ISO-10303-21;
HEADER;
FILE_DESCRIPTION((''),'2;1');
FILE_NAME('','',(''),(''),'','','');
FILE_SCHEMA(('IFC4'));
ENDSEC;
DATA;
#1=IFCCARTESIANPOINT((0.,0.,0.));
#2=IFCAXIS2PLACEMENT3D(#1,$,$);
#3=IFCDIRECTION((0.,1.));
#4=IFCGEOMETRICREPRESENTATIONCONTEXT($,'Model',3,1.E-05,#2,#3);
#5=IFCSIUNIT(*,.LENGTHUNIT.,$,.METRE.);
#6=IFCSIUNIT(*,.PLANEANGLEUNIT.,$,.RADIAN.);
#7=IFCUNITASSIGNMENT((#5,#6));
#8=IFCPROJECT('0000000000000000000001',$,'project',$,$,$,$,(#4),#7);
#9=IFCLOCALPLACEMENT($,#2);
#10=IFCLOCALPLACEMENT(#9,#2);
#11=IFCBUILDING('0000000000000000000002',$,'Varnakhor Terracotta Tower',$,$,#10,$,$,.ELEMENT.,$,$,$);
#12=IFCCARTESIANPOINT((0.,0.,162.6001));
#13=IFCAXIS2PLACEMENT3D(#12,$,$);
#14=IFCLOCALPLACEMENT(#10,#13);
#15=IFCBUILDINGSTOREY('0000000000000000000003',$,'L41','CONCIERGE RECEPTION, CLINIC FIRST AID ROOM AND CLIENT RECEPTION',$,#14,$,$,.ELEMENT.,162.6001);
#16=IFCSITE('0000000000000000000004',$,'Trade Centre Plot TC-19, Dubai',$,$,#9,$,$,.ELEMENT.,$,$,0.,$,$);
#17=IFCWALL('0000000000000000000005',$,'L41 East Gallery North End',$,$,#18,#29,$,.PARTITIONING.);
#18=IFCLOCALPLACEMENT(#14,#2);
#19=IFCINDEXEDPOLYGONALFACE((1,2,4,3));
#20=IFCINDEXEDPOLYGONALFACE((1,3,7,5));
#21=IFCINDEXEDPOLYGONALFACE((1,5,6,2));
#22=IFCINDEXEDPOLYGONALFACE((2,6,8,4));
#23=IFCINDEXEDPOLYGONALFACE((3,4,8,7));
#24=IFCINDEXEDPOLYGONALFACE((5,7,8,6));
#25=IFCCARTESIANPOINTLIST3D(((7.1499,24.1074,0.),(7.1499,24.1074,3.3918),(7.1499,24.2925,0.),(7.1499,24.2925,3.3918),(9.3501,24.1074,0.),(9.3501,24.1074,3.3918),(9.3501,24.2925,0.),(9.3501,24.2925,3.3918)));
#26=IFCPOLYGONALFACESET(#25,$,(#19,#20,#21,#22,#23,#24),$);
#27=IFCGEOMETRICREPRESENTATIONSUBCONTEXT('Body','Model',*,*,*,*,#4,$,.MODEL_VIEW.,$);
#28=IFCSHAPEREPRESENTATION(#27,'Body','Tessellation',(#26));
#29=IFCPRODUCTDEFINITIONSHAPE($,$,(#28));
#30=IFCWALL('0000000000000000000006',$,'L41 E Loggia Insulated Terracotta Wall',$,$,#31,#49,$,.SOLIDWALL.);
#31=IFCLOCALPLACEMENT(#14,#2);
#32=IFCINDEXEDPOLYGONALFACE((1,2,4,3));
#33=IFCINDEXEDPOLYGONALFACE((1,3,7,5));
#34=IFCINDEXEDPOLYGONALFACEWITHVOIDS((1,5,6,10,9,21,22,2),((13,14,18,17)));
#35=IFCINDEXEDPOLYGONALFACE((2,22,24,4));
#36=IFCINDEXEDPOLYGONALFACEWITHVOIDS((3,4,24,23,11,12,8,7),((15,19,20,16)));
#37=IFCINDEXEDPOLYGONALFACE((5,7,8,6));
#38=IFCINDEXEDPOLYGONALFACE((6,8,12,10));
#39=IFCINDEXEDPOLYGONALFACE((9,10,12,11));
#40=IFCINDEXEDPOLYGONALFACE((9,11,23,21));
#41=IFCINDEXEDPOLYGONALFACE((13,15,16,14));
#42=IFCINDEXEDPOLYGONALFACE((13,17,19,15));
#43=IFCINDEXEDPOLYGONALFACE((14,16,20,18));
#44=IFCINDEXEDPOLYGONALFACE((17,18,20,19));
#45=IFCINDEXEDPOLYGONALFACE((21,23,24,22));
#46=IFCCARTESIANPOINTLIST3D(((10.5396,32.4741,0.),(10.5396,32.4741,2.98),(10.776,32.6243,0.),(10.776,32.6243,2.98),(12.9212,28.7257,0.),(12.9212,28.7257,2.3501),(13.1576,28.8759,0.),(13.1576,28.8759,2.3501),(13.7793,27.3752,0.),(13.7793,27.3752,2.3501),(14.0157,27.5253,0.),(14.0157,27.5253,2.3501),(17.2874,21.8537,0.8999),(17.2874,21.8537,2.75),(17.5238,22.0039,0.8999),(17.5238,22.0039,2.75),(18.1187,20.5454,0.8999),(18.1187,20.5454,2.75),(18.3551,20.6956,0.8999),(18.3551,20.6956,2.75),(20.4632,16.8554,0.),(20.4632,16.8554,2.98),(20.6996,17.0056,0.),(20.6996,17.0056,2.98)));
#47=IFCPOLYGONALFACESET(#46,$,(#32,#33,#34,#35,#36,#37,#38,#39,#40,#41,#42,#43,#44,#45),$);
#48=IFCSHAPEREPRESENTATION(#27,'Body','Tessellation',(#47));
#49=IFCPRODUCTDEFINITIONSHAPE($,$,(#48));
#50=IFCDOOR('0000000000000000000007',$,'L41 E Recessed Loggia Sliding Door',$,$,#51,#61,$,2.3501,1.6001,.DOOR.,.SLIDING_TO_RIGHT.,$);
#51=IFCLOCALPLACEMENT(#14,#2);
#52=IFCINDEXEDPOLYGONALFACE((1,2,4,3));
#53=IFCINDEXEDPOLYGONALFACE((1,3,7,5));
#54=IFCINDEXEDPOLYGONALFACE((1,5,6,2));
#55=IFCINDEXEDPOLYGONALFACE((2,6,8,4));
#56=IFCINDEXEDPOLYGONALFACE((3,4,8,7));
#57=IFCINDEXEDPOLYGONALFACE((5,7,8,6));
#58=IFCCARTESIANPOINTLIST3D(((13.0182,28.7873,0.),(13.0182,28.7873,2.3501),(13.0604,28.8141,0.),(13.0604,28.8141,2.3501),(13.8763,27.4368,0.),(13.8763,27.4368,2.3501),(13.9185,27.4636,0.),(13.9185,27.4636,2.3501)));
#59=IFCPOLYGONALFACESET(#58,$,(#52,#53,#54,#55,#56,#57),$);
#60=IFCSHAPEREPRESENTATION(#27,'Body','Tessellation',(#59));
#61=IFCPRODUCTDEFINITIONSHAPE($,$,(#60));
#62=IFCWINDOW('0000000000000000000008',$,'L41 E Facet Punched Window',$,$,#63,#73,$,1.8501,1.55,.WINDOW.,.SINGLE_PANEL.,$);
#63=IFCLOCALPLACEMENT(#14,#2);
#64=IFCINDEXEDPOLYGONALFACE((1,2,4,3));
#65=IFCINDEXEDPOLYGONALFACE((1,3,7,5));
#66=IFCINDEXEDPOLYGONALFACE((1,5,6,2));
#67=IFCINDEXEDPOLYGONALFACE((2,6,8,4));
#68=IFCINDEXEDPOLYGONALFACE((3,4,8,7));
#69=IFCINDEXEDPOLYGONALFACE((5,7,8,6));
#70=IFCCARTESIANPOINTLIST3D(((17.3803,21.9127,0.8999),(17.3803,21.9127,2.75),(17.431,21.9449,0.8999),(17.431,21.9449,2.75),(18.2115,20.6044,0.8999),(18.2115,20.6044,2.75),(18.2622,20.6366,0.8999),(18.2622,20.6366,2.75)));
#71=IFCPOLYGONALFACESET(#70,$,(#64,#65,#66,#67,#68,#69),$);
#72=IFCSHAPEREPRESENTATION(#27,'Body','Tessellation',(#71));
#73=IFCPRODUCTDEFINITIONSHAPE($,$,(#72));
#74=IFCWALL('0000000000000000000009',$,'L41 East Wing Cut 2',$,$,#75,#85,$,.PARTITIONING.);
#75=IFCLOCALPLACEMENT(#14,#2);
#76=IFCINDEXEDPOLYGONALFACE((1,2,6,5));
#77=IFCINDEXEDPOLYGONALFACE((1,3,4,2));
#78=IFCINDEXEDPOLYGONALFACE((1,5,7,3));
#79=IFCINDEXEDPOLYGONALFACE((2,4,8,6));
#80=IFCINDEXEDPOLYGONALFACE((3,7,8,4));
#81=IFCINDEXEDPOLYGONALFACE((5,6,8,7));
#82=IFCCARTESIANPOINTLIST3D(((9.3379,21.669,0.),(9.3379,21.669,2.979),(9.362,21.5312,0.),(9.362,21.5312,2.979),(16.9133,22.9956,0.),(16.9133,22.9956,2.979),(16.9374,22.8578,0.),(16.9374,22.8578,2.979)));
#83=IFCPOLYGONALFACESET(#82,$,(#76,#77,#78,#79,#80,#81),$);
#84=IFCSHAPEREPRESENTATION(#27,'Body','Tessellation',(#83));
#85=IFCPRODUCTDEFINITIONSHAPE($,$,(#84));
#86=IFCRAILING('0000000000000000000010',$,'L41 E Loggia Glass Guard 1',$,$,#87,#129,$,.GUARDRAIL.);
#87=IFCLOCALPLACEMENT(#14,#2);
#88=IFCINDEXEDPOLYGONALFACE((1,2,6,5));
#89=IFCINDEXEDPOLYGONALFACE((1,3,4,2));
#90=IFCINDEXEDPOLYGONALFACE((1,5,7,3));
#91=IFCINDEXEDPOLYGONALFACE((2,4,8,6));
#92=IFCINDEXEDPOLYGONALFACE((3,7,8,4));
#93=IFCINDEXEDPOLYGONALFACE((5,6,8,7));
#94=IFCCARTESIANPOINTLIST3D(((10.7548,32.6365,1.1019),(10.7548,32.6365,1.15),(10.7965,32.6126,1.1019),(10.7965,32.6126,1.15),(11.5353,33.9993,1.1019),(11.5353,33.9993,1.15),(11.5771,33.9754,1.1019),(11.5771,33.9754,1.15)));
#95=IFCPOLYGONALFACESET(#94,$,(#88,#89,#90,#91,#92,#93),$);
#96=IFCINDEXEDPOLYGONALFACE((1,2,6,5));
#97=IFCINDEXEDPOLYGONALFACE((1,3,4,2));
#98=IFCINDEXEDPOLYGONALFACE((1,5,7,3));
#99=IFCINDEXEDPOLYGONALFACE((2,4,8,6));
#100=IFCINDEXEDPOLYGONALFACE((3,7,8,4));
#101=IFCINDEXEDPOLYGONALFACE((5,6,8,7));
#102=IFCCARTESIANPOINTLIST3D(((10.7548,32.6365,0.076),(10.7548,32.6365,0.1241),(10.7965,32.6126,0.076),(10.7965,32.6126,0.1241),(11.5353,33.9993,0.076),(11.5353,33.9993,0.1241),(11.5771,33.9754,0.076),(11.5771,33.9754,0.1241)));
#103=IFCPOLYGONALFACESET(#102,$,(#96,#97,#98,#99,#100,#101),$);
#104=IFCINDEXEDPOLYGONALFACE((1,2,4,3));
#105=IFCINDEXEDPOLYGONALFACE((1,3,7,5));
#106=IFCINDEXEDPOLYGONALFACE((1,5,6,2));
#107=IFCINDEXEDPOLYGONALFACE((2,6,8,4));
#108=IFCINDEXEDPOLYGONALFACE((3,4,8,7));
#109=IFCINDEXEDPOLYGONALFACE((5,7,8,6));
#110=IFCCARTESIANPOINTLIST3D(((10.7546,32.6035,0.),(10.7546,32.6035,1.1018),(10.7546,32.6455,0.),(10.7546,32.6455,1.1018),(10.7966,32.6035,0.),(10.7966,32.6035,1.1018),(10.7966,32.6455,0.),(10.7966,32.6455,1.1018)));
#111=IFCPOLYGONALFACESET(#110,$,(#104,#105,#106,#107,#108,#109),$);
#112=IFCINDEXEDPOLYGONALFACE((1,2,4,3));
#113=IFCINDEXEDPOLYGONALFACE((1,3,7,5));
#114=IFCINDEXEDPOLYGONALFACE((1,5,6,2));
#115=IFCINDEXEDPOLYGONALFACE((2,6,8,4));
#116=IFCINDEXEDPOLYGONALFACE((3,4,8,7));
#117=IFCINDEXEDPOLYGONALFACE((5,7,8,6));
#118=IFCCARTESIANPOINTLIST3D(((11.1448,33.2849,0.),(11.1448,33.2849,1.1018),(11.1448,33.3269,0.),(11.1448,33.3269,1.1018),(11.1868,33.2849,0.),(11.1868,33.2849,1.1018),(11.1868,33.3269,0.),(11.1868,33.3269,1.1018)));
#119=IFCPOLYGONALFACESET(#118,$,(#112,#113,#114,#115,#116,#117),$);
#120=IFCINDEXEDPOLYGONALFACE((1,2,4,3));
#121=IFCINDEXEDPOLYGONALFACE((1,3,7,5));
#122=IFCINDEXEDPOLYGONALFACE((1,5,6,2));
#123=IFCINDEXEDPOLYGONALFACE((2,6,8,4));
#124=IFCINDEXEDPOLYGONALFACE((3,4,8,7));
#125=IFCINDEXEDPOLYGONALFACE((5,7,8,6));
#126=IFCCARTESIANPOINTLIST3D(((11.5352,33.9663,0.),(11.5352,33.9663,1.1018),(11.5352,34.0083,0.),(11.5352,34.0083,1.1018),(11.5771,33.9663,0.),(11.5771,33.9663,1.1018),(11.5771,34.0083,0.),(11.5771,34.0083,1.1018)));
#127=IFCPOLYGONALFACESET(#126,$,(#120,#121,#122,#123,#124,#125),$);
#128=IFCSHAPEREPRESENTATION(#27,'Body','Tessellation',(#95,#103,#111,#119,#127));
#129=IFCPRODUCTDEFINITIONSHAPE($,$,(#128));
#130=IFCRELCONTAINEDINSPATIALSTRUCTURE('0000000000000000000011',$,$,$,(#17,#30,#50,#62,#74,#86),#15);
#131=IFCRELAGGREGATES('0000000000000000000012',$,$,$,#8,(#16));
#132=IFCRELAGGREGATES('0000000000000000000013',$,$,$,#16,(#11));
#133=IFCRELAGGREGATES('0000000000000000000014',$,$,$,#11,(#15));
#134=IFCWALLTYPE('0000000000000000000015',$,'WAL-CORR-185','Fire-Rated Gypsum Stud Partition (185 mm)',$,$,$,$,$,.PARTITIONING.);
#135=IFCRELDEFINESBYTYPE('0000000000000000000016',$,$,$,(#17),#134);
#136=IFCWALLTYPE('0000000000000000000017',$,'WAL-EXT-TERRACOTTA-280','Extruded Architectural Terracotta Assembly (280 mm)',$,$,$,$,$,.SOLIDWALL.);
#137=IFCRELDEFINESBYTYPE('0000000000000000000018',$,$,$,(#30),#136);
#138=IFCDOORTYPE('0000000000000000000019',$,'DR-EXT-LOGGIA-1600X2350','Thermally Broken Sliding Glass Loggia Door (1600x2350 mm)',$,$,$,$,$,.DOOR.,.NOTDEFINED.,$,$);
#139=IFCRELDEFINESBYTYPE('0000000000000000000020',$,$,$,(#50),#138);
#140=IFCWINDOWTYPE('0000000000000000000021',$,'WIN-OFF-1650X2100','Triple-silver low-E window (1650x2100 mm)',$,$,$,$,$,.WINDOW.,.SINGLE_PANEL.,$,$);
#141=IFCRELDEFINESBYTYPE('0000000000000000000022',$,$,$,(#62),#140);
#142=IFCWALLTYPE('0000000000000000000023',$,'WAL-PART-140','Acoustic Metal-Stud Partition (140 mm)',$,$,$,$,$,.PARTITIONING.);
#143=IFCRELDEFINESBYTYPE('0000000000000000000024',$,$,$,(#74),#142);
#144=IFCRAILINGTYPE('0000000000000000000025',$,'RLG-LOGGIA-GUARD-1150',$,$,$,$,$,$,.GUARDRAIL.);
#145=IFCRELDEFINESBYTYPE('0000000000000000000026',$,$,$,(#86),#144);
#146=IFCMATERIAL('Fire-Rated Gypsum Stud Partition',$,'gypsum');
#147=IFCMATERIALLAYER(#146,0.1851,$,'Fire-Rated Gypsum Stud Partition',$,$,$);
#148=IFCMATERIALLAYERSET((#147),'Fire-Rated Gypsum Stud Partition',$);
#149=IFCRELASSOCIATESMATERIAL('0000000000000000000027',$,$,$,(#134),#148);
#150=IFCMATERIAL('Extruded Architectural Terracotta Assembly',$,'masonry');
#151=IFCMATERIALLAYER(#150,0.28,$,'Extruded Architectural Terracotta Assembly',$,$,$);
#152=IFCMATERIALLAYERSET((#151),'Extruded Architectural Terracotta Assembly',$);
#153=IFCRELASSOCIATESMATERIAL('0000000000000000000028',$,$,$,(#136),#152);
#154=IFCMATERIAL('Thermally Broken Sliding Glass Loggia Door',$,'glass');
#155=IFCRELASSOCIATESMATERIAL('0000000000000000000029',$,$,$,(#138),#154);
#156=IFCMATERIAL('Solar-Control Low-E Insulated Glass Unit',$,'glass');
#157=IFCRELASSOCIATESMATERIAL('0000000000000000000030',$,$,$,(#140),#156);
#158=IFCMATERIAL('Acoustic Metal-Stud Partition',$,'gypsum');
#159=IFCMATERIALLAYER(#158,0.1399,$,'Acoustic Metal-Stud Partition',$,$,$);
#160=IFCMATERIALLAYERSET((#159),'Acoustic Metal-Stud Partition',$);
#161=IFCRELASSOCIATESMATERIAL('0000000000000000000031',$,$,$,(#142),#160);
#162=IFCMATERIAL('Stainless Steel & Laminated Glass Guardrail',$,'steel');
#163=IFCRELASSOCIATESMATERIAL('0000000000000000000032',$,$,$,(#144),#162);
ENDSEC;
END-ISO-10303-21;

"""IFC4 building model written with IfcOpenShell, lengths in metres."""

from ifc_helpers import new_model, si_unit, direction, frame, frame_2d, origin, origin_2d, place, context, subcontext, project, spatial, rectangle, extrude, source, transform, mapped, material, layer, layer_set, type_object, type_shapes, element, fill, save


model = new_model("IFC4")

# Units and contexts
model_context = context("Model", 3, precision=1e-05, world=origin(), true_north=direction((0.0, 1.0)))
body_context = subcontext(model_context, "Body", "Model", "MODEL_VIEW")
ifc_project = project(units=[si_unit("LENGTHUNIT", "METRE"), si_unit("PLANEANGLEUNIT", "RADIAN")], contexts=[model_context])

# Site, building, storey
site_placement = place(None, origin())
site = spatial("IfcSite", under=ifc_project, at=site_placement, Name="Trade Centre Plot TC-19, Dubai", CompositionType="ELEMENT", RefElevation=0.0)
building_placement = place(site_placement, origin())
building = spatial("IfcBuilding", under=site, at=building_placement, Name="Varnakhor Terracotta Tower", CompositionType="ELEMENT")
storey_placement = place(building_placement, frame((0.0, 0.0, 162.6001)))
storey = spatial("IfcBuildingStorey", under=building, at=storey_placement, Name="L41", Description="CONCIERGE RECEPTION, CLINIC FIRST AID ROOM AND CLIENT RECEPTION", CompositionType="ELEMENT", Elevation=162.6001)

# Wall
ifc_material_1 = material(Name="Fire-Rated Gypsum Stud Partition", Category="gypsum")
ifc_layer_1 = layer(ifc_material_1, 0.1851, Name="Fire-Rated Gypsum Stud Partition")
ifc_layer_set_1 = layer_set([ifc_layer_1], Name="Fire-Rated Gypsum Stud Partition")
wall_type_1 = type_object("IfcWallType", Name="WAL-CORR-185", Description="Fire-Rated Gypsum Stud Partition (185 mm)", PredefinedType="PARTITIONING", material=ifc_layer_set_1)
wall_1_placement = place(storey_placement, frame((7.1499, 24.2, 0.0), z_axis=(0.0, 0.0, 1.0), x_axis=(1.0, 0.0, 0.0)))
element("IfcWall", 1, at=wall_1_placement, inside=storey, type_object=wall_type_1, Name="L41 East Gallery North End", PredefinedType="PARTITIONING", context=body_context, shape_type="SweptSolid", body=[
    extrude(rectangle(XDim=2.2002, YDim=0.1851, at=frame_2d((1.1001, 0.0))), origin(), (0.0, 0.0, 1.0), 3.3918),
])

# Wall, openings, door, window
ifc_material_2 = material(Name="Extruded Architectural Terracotta Assembly", Category="masonry")
ifc_layer_2 = layer(ifc_material_2, 0.28, Name="Extruded Architectural Terracotta Assembly")
ifc_layer_set_2 = layer_set([ifc_layer_2], Name="Extruded Architectural Terracotta Assembly")
wall_type_2 = type_object("IfcWallType", Name="WAL-EXT-TERRACOTTA-280", Description="Extruded Architectural Terracotta Assembly (280 mm)", PredefinedType="SOLIDWALL", material=ifc_layer_set_2)
wall_2_placement = place(storey_placement, frame((10.6577, 32.5493, 0.0), z_axis=(0.0, 0.0, 1.0), x_axis=(0.536277, -0.844042, 0.0)))
wall_2 = element("IfcWall", 2, at=wall_2_placement, inside=storey, type_object=wall_type_2, Name="L41 E Loggia Insulated Terracotta Wall", PredefinedType="SOLIDWALL", context=body_context, shape_type="SweptSolid", body=[
    extrude(rectangle(XDim=18.5046, YDim=0.28, at=frame_2d((9.2524, 0.0))), origin(), (0.0, 0.0, 1.0), 2.98),
])
opening_1_placement = place(wall_2_placement, frame((4.4412, 0.0, 0.0)))
opening_1 = element("IfcOpeningElement", 3, at=opening_1_placement, cuts=wall_2, PredefinedType="OPENING", context=body_context, shape_type="SweptSolid", body=[
    extrude(rectangle(XDim=1.6001, YDim=2.3501, at=frame_2d((0.8, 1.175))), frame((0.0, 0.1499, 0.0), z_axis=(0.0, -1.0, 0.0), x_axis=(1.0, 0.0, 0.0)), (0.0, 0.0, 1.0), 0.3),
])
opening_2_placement = place(wall_2_placement, frame((12.583, 0.0, 0.8999)))
opening_2 = element("IfcOpeningElement", 4, at=opening_2_placement, cuts=wall_2, PredefinedType="OPENING", context=body_context, shape_type="SweptSolid", body=[
    extrude(rectangle(XDim=1.55, YDim=1.8501, at=frame_2d((0.7749, 0.925))), frame((0.0, 0.1499, 0.0), z_axis=(0.0, -1.0, 0.0), x_axis=(1.0, 0.0, 0.0)), (0.0, 0.0, 1.0), 0.3),
])
ifc_material_3 = material(Name="Thermally Broken Sliding Glass Loggia Door", Category="glass")
door_type = type_object("IfcDoorType", Name="DR-EXT-LOGGIA-1600X2350", Description="Thermally Broken Sliding Glass Loggia Door (1600x2350 mm)", OperationType="NOTDEFINED", PredefinedType="DOOR", material=ifc_material_3)
shared_shape_1 = source(origin(), body_context, "Body", "SweptSolid", [
    extrude(rectangle(XDim=1.6001, YDim=2.3501, at=frame_2d((0.8, 1.175))), frame((0.0, 0.0249, 0.0), z_axis=(0.0, -1.0, 0.0), x_axis=(1.0, 0.0, 0.0)), (0.0, 0.0, 1.0), 0.05),
])
type_shapes(door_type, [shared_shape_1])
door_placement = place(opening_1_placement, origin())
door = element("IfcDoor", 5, at=door_placement, inside=storey, type_object=door_type, Name="L41 E Recessed Loggia Sliding Door", OperationType="SLIDING_TO_RIGHT", OverallHeight=2.3501, OverallWidth=1.6001, PredefinedType="DOOR", context=body_context, shape_type="MappedRepresentation", body=[
    mapped(shared_shape_1, transform((0.0, 0.0, 0.0), scale=1.0)),
])
fill(opening_1, door)
ifc_material_4 = material(Name="Solar-Control Low-E Insulated Glass Unit", Category="glass")
window_type = type_object("IfcWindowType", Name="WIN-OFF-1650X2100", Description="Triple-silver low-E window (1650x2100 mm)", PartitioningType="SINGLE_PANEL", PredefinedType="WINDOW", material=ifc_material_4)
shared_shape_2 = source(origin(), body_context, "Body", "SweptSolid", [
    extrude(rectangle(XDim=1.55, YDim=1.8501, at=frame_2d((0.7749, 0.925))), frame((0.0, 0.03, 0.0), z_axis=(0.0, -1.0, 0.0), x_axis=(1.0, 0.0, 0.0)), (0.0, 0.0, 1.0), 0.0601),
])
type_shapes(window_type, [shared_shape_2])
window_placement = place(opening_2_placement, origin())
window = element("IfcWindow", 6, at=window_placement, inside=storey, type_object=window_type, Name="L41 E Facet Punched Window", OverallHeight=1.8501, OverallWidth=1.55, PartitioningType="SINGLE_PANEL", PredefinedType="WINDOW", context=body_context, shape_type="MappedRepresentation", body=[
    mapped(shared_shape_2, transform((0.0, 0.0, 0.0), scale=1.0)),
])
fill(opening_2, window)

# Wall
ifc_material_5 = material(Name="Acoustic Metal-Stud Partition", Category="gypsum")
ifc_layer_3 = layer(ifc_material_5, 0.1399, Name="Acoustic Metal-Stud Partition")
ifc_layer_set_3 = layer_set([ifc_layer_3], Name="Acoustic Metal-Stud Partition")
wall_type_3 = type_object("IfcWallType", Name="WAL-PART-140", Description="Acoustic Metal-Stud Partition (140 mm)", PredefinedType="PARTITIONING", material=ifc_layer_set_3)
wall_3_placement = place(storey_placement, frame((9.3501, 21.6001, 0.0), z_axis=(0.0, 0.0, 1.0), x_axis=(0.985009, 0.172501, 0.0)))
element("IfcWall", 7, at=wall_3_placement, inside=storey, type_object=wall_type_3, Name="L41 East Wing Cut 2", PredefinedType="PARTITIONING", context=body_context, shape_type="SweptSolid", body=[
    extrude(rectangle(XDim=7.6907, YDim=0.1399, at=frame_2d((3.8452, 0.0))), origin(), (0.0, 0.0, 1.0), 2.979),
])

# Railing
ifc_material_6 = material(Name="Stainless Steel & Laminated Glass Guardrail", Category="steel")
railing_type = type_object("IfcRailingType", Name="RLG-LOGGIA-GUARD-1150", PredefinedType="GUARDRAIL", material=ifc_material_6)
railing_1_placement = place(storey_placement, frame((10.7756, 32.6245, 0.0)))
element("IfcRailing", 8, at=railing_1_placement, inside=storey, type_object=railing_type, Name="L41 E Loggia Glass Guard 1", PredefinedType="GUARDRAIL", context=body_context, shape_type="SweptSolid", body=[
    extrude(rectangle(XDim=0.0481, YDim=0.0481, at=origin_2d()), frame((0.0, 0.0, 1.126), z_axis=(0.496993, 0.867755, 0.0), x_axis=(-0.867755, 0.496993, 0.0)), (0.0, 0.0, 1.0), 1.5706),
    extrude(rectangle(XDim=0.0481, YDim=0.0481, at=origin_2d()), frame((0.0, 0.0, 0.1001), z_axis=(0.496993, 0.867755, 0.0), x_axis=(-0.867755, 0.496993, 0.0)), (0.0, 0.0, 1.0), 1.5706),
    extrude(rectangle(XDim=0.042, YDim=0.042, at=origin_2d()), origin(), (0.0, 0.0, 1.0), 1.1018),
    extrude(rectangle(XDim=0.042, YDim=0.042, at=origin_2d()), frame((0.3901, 0.6814, 0.0)), (0.0, 0.0, 1.0), 1.1018),
    extrude(rectangle(XDim=0.042, YDim=0.042, at=origin_2d()), frame((0.7805, 1.3628, 0.0)), (0.0, 0.0, 1.0), 1.1018),
])

save(model, "model.ifc")
